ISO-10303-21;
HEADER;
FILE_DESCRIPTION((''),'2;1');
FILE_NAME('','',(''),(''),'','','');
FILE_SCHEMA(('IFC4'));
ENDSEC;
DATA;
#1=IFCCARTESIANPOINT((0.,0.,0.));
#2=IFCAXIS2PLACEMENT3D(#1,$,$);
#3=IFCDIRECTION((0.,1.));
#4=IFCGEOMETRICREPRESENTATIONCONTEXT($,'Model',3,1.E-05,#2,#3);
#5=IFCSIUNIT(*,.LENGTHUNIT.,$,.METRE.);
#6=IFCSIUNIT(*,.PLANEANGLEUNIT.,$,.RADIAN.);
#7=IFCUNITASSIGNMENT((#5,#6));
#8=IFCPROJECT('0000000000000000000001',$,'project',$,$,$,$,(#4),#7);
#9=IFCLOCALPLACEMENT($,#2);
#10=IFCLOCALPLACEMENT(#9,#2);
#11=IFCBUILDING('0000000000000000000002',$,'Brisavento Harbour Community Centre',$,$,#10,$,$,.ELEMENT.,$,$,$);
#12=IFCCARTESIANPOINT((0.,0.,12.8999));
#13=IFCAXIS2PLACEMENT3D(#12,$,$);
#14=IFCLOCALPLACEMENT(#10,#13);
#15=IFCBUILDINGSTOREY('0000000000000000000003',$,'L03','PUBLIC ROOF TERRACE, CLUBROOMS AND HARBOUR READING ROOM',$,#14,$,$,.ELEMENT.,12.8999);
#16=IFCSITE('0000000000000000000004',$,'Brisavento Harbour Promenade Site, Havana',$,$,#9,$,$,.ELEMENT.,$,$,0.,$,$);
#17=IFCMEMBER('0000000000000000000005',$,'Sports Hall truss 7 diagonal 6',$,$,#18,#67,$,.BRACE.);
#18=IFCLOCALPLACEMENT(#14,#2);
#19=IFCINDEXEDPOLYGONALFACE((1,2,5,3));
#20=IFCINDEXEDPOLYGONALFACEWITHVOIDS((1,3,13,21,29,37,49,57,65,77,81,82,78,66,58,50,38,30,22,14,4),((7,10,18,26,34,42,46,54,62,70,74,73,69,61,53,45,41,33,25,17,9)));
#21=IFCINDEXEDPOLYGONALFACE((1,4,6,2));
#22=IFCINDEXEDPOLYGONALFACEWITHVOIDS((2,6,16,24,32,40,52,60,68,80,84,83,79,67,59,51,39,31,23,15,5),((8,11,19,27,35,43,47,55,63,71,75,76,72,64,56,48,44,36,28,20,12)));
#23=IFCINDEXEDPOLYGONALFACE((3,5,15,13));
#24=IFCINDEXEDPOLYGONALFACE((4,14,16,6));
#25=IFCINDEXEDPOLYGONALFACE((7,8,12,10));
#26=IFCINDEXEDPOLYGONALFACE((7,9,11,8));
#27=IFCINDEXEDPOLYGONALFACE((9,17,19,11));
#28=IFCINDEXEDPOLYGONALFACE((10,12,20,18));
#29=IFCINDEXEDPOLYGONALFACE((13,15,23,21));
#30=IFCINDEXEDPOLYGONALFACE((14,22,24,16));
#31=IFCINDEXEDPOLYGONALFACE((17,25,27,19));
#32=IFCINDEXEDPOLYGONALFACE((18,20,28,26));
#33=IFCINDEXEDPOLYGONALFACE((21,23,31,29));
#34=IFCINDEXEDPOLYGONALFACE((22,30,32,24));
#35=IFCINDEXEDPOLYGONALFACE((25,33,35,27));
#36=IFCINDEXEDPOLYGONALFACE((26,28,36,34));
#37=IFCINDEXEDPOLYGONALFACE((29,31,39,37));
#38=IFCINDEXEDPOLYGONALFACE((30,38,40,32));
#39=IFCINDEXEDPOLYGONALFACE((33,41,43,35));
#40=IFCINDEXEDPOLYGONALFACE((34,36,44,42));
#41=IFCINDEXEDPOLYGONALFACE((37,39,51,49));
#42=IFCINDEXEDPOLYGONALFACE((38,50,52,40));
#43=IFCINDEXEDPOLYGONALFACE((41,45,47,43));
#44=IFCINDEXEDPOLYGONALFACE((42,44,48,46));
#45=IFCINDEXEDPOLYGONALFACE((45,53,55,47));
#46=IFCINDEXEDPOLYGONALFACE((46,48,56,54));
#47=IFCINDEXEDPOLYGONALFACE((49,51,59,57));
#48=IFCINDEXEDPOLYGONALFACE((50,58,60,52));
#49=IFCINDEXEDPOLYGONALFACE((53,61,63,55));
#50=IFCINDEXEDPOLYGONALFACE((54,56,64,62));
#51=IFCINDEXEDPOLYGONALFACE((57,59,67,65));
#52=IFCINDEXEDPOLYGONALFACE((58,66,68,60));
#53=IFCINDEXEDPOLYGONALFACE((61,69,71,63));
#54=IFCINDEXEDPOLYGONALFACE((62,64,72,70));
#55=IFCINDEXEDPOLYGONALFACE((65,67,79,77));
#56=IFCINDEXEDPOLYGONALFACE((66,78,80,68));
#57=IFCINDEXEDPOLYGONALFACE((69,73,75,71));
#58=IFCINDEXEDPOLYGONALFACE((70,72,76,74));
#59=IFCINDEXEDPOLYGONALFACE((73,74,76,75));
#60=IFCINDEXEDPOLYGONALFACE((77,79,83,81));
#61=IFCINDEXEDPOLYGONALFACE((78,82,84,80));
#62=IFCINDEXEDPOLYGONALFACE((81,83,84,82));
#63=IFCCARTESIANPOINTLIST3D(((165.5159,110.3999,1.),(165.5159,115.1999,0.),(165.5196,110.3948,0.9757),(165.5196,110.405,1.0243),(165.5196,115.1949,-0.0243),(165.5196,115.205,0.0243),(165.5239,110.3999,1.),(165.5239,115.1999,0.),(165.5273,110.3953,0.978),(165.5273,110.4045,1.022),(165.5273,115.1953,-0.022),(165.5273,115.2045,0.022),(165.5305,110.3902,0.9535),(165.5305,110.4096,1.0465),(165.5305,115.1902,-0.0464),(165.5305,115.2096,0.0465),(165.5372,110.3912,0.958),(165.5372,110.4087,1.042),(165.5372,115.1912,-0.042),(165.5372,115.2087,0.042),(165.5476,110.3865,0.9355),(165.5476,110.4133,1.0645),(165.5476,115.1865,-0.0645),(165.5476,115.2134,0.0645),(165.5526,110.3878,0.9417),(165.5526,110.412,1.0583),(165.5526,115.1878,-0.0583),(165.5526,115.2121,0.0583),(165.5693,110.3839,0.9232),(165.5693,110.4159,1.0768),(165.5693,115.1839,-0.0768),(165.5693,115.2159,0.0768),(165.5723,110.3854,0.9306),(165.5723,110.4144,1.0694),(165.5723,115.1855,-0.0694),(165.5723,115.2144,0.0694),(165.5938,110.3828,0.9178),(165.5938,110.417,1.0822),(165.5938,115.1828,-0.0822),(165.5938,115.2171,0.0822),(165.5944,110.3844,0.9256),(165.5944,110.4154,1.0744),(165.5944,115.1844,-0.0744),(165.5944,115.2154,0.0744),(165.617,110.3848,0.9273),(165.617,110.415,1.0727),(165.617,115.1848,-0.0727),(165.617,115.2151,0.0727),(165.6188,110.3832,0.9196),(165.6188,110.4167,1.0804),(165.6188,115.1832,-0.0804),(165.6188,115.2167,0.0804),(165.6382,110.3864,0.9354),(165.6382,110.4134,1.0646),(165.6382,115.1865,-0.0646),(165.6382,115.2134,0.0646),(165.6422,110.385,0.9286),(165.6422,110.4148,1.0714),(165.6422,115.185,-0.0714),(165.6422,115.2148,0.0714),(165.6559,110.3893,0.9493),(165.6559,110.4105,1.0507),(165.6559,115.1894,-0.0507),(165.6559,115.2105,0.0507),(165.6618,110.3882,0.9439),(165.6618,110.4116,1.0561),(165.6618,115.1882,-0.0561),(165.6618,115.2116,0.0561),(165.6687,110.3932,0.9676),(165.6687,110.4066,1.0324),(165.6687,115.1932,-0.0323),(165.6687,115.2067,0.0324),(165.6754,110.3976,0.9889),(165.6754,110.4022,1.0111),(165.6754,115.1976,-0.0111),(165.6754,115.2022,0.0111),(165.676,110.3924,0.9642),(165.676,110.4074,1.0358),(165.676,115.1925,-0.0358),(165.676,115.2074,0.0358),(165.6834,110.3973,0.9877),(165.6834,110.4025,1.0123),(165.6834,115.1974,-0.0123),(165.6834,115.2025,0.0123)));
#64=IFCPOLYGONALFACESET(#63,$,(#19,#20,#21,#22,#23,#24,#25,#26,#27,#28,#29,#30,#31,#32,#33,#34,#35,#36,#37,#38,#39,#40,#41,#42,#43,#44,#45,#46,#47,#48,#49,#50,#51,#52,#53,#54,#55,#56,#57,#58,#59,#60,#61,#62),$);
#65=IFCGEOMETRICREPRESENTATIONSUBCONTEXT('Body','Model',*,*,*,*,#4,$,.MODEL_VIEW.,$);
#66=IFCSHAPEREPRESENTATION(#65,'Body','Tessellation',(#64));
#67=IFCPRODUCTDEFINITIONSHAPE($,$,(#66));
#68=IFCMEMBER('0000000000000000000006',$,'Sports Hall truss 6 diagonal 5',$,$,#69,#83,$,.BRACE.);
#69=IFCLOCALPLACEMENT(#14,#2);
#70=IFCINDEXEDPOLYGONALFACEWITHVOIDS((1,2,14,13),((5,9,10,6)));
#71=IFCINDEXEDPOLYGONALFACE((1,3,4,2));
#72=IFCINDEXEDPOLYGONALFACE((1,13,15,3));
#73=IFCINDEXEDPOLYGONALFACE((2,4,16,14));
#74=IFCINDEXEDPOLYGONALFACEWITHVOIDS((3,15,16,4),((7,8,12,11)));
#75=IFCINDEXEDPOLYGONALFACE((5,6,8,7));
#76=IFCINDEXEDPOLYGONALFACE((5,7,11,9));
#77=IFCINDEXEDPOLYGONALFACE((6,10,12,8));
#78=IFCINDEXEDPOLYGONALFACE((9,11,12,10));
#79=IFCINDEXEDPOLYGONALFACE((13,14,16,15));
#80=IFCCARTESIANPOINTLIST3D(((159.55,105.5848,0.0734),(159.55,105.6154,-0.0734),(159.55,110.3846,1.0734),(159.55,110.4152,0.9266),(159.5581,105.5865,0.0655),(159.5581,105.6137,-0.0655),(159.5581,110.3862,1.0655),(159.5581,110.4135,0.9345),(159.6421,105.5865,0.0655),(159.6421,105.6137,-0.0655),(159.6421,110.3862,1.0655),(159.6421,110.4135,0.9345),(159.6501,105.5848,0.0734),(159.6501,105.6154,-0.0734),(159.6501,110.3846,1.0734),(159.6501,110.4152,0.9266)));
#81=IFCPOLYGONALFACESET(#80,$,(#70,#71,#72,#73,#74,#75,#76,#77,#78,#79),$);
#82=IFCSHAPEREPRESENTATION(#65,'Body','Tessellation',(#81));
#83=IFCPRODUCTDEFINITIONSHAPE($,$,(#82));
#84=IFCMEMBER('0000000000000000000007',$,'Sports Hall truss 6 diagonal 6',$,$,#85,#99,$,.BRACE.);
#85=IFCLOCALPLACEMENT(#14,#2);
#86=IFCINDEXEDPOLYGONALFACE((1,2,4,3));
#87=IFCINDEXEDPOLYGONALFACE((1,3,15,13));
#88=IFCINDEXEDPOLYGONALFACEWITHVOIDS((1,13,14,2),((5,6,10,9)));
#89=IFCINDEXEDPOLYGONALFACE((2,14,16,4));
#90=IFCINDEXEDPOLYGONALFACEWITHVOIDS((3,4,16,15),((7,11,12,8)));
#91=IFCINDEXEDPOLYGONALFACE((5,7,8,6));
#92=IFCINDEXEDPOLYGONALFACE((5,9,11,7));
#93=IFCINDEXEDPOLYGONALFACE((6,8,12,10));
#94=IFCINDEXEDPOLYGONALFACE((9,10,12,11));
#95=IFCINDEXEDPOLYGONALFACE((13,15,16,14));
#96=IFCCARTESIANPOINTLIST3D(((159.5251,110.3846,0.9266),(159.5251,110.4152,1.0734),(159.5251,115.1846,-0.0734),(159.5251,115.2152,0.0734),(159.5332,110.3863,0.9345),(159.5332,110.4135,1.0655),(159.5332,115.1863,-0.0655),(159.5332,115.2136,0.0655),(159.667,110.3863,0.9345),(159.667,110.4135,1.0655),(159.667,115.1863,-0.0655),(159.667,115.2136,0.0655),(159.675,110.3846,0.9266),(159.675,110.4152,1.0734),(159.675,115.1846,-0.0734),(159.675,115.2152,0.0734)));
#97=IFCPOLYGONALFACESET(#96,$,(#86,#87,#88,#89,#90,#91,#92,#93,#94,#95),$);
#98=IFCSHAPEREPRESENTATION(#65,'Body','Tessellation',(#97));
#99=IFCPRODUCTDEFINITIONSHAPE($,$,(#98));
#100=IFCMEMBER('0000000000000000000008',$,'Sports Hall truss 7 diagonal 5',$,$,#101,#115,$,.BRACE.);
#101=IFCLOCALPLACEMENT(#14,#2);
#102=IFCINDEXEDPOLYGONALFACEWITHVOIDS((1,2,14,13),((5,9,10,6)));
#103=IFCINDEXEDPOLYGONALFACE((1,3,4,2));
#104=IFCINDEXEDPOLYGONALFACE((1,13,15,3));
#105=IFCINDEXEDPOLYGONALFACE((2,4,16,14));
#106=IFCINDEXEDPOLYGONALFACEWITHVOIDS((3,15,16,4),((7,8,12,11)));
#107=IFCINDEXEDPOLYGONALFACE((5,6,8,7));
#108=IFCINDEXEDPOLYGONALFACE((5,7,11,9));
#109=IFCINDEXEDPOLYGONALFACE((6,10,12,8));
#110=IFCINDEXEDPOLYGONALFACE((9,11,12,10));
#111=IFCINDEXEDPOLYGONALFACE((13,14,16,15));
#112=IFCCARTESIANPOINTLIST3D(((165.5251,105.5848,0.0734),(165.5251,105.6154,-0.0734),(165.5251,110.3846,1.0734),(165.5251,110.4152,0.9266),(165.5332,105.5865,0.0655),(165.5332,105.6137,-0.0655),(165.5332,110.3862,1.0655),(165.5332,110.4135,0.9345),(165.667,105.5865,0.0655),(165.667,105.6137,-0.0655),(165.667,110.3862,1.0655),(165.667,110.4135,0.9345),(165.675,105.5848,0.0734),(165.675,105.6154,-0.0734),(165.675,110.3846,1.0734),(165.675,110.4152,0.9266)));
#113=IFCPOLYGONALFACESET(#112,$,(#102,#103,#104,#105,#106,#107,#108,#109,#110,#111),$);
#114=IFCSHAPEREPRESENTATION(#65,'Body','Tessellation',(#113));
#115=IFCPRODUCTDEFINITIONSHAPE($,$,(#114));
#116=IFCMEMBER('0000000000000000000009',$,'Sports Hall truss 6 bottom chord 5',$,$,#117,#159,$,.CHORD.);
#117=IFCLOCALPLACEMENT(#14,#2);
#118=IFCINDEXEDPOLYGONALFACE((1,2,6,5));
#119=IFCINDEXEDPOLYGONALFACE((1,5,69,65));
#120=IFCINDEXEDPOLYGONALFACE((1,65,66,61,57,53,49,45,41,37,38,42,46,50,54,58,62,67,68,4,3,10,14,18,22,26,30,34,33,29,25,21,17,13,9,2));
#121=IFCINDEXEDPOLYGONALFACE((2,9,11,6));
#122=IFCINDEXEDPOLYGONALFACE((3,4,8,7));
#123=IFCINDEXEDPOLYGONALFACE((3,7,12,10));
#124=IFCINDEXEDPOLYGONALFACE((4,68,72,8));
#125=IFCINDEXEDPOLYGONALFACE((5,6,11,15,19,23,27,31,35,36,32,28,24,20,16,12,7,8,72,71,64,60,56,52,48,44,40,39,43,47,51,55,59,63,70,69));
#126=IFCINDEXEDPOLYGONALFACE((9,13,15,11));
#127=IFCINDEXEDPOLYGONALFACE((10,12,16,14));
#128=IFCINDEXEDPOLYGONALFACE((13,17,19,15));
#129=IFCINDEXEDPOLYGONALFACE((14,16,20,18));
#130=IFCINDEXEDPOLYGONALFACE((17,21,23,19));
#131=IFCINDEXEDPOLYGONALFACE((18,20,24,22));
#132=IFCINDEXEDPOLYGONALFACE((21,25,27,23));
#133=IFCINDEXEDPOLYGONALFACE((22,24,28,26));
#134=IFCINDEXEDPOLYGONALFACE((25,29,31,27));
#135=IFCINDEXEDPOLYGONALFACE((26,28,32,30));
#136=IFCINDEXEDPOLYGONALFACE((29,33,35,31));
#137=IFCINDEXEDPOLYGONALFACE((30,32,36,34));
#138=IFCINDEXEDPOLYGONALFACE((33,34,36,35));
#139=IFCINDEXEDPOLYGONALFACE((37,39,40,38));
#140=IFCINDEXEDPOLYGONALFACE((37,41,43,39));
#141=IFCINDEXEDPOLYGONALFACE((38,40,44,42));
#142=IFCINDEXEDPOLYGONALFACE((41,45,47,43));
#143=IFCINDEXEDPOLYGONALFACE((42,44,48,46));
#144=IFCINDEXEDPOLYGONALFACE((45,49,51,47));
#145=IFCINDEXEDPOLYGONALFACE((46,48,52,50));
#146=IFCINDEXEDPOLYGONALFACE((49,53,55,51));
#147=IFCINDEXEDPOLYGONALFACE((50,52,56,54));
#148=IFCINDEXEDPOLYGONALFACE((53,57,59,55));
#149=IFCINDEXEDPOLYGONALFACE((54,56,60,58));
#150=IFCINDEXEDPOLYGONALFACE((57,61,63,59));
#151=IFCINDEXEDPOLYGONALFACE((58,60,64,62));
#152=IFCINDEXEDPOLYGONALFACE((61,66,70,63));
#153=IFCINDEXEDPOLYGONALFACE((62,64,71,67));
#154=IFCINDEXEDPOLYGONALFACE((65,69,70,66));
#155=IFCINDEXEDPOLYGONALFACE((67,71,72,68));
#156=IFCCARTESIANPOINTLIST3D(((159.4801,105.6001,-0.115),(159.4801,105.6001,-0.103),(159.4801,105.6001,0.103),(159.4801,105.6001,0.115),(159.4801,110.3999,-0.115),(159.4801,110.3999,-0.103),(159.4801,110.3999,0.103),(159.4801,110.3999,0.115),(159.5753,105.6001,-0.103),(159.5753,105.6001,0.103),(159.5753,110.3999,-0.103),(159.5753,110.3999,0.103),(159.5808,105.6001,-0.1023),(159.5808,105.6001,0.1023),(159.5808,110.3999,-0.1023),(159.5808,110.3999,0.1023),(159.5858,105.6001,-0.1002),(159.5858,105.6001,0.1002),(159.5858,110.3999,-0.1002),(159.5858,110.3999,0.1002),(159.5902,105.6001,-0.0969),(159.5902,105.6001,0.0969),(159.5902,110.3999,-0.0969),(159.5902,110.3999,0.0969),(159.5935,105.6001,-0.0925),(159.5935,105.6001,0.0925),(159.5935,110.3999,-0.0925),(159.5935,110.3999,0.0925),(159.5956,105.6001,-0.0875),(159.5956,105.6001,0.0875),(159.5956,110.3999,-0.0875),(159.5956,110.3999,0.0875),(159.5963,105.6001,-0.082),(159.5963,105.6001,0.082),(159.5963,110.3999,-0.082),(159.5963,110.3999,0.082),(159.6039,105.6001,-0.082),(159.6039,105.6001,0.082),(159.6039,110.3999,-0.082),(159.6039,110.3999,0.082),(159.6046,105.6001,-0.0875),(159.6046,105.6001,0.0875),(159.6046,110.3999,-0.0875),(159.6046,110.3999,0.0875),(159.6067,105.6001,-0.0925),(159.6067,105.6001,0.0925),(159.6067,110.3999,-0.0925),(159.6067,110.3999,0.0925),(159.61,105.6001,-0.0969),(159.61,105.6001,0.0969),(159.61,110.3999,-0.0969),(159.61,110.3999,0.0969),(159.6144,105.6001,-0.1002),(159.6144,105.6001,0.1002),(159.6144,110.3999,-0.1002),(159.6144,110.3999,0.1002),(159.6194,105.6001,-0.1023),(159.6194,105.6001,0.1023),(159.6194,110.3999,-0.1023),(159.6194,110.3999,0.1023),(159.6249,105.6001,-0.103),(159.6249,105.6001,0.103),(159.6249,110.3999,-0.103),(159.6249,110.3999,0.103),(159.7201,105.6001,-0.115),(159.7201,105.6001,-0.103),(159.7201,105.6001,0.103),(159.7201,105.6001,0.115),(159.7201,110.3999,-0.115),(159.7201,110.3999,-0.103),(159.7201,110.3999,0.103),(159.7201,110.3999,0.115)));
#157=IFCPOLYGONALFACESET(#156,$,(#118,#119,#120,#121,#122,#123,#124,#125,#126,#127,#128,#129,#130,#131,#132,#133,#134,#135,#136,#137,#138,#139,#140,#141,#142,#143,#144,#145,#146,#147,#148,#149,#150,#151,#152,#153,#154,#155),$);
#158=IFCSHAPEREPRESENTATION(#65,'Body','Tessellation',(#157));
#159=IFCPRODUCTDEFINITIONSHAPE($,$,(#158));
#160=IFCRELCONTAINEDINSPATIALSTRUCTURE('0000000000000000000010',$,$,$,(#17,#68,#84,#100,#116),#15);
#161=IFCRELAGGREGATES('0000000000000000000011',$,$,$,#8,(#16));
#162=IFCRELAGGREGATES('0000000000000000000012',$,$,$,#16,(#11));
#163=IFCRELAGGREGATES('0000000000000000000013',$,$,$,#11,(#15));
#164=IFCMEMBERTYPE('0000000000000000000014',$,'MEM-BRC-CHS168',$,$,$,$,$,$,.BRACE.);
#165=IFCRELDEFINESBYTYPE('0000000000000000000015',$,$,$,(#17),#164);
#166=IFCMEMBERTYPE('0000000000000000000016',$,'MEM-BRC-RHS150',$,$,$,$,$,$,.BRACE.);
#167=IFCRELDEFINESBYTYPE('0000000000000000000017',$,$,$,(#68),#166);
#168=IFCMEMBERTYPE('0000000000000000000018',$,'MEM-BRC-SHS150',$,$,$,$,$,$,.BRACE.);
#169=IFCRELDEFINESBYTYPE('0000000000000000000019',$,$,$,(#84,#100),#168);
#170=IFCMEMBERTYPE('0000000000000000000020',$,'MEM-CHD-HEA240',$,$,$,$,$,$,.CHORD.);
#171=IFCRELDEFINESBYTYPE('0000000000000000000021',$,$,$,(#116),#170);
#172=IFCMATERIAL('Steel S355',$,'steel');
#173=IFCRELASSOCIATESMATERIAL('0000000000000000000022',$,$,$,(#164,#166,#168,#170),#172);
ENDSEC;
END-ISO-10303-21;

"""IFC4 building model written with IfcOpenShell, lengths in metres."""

from ifc_helpers import new_model, si_unit, direction, frame, origin, origin_2d, place, context, subcontext, project, spatial, hollow_rectangle, hollow_circle, i_section, extrude, material, material_profile, profile_set, type_object, element, save


model = new_model("IFC4")

# Units and contexts
model_context = context("Model", 3, precision=1e-05, world=origin(), true_north=direction((0.0, 1.0)))
body_context = subcontext(model_context, "Body", "Model", "MODEL_VIEW")
ifc_project = project(units=[si_unit("LENGTHUNIT", "METRE"), si_unit("PLANEANGLEUNIT", "RADIAN")], contexts=[model_context])

# Site, building, storey
site_placement = place(None, origin())
site = spatial("IfcSite", under=ifc_project, at=site_placement, Name="Brisavento Harbour Promenade Site, Havana", CompositionType="ELEMENT", RefElevation=0.0)
building_placement = place(site_placement, origin())
building = spatial("IfcBuilding", under=site, at=building_placement, Name="Brisavento Harbour Community Centre", CompositionType="ELEMENT")
storey_placement = place(building_placement, frame((0.0, 0.0, 12.8999)))
storey = spatial("IfcBuildingStorey", under=building, at=storey_placement, Name="L03", Description="PUBLIC ROOF TERRACE, CLUBROOMS AND HARBOUR READING ROOM", CompositionType="ELEMENT", Elevation=12.8999)

# Members
ifc_material = material(Name="Steel S355", Category="steel")
ifc_material_profile_1 = material_profile(ifc_material, hollow_circle(Radius=0.0842, WallThickness=0.0081, at=origin_2d()), Name="Steel S355")
ifc_profile_set_1 = profile_set([ifc_material_profile_1], Name="Steel S355")
member_type_1 = type_object("IfcMemberType", Name="MEM-BRC-CHS168", PredefinedType="BRACE", material=ifc_profile_set_1)
member_1_placement = place(storey_placement, frame((165.6001, 110.3999, 1.0), z_axis=(0.0, 0.978981, -0.203952), x_axis=(-1.0, 0.0, 0.0)))
element("IfcMember", 1, at=member_1_placement, inside=storey, type_object=member_type_1, Name="Sports Hall truss 7 diagonal 6", PredefinedType="BRACE", context=body_context, shape_type="SweptSolid", body=[
    extrude(hollow_circle(Radius=0.0842, WallThickness=0.0081, at=origin_2d()), origin(), (0.0, 0.0, 1.0), 4.9031),
])
ifc_material_profile_2 = material_profile(ifc_material, hollow_rectangle(XDim=0.1001, YDim=0.1499, WallThickness=0.0081, at=origin_2d()), Name="Steel S355")
ifc_profile_set_2 = profile_set([ifc_material_profile_2], Name="Steel S355")
member_type_2 = type_object("IfcMemberType", Name="MEM-BRC-RHS150", PredefinedType="BRACE", material=ifc_profile_set_2)
member_2_placement = place(storey_placement, frame((159.6001, 105.6001, 0.0), z_axis=(0.0, 0.978979, 0.203962), x_axis=(-1.0, 0.0, 0.0)))
element("IfcMember", 2, at=member_2_placement, inside=storey, type_object=member_type_2, Name="Sports Hall truss 6 diagonal 5", PredefinedType="BRACE", context=body_context, shape_type="SweptSolid", body=[
    extrude(hollow_rectangle(XDim=0.1001, YDim=0.1499, WallThickness=0.0081, at=origin_2d()), origin(), (0.0, 0.0, 1.0), 4.9028),
])
ifc_material_profile_3 = material_profile(ifc_material, hollow_rectangle(XDim=0.1499, YDim=0.1499, WallThickness=0.0081, at=origin_2d()), Name="Steel S355")
ifc_profile_set_3 = profile_set([ifc_material_profile_3], Name="Steel S355")
member_type_3 = type_object("IfcMemberType", Name="MEM-BRC-SHS150", PredefinedType="BRACE", material=ifc_profile_set_3)
member_3_placement = place(storey_placement, frame((159.6001, 110.3999, 1.0), z_axis=(0.0, 0.978981, -0.203952), x_axis=(-1.0, 0.0, 0.0)))
element("IfcMember", 3, at=member_3_placement, inside=storey, type_object=member_type_3, Name="Sports Hall truss 6 diagonal 6", PredefinedType="BRACE", context=body_context, shape_type="SweptSolid", body=[
    extrude(hollow_rectangle(XDim=0.1499, YDim=0.1499, WallThickness=0.0081, at=origin_2d()), origin(), (0.0, 0.0, 1.0), 4.9031),
])
member_4_placement = place(storey_placement, frame((165.6001, 105.6001, 0.0), z_axis=(0.0, 0.978979, 0.203962), x_axis=(-1.0, 0.0, 0.0)))
element("IfcMember", 4, at=member_4_placement, inside=storey, type_object=member_type_3, Name="Sports Hall truss 7 diagonal 5", PredefinedType="BRACE", context=body_context, shape_type="SweptSolid", body=[
    extrude(hollow_rectangle(XDim=0.1499, YDim=0.1499, WallThickness=0.0081, at=origin_2d()), origin(), (0.0, 0.0, 1.0), 4.9028),
])
ifc_material_profile_4 = material_profile(ifc_material, i_section(OverallWidth=0.24, OverallDepth=0.23, WebThickness=0.0076, FlangeThickness=0.012, FilletRadius=0.021, at=origin_2d()), Name="Steel S355")
ifc_profile_set_4 = profile_set([ifc_material_profile_4], Name="Steel S355")
member_type_4 = type_object("IfcMemberType", Name="MEM-CHD-HEA240", PredefinedType="CHORD", material=ifc_profile_set_4)
member_5_placement = place(storey_placement, frame((159.6001, 105.6001, 0.0), z_axis=(0.0, 1.0, 0.0), x_axis=(-1.0, 0.0, 0.0)))
element("IfcMember", 5, at=member_5_placement, inside=storey, type_object=member_type_4, Name="Sports Hall truss 6 bottom chord 5", PredefinedType="CHORD", context=body_context, shape_type="SweptSolid", body=[
    extrude(i_section(OverallWidth=0.24, OverallDepth=0.23, WebThickness=0.0076, FlangeThickness=0.012, FilletRadius=0.021, at=origin_2d()), origin(), (0.0, 0.0, 1.0), 4.7998),
])

save(model, "model.ifc")
